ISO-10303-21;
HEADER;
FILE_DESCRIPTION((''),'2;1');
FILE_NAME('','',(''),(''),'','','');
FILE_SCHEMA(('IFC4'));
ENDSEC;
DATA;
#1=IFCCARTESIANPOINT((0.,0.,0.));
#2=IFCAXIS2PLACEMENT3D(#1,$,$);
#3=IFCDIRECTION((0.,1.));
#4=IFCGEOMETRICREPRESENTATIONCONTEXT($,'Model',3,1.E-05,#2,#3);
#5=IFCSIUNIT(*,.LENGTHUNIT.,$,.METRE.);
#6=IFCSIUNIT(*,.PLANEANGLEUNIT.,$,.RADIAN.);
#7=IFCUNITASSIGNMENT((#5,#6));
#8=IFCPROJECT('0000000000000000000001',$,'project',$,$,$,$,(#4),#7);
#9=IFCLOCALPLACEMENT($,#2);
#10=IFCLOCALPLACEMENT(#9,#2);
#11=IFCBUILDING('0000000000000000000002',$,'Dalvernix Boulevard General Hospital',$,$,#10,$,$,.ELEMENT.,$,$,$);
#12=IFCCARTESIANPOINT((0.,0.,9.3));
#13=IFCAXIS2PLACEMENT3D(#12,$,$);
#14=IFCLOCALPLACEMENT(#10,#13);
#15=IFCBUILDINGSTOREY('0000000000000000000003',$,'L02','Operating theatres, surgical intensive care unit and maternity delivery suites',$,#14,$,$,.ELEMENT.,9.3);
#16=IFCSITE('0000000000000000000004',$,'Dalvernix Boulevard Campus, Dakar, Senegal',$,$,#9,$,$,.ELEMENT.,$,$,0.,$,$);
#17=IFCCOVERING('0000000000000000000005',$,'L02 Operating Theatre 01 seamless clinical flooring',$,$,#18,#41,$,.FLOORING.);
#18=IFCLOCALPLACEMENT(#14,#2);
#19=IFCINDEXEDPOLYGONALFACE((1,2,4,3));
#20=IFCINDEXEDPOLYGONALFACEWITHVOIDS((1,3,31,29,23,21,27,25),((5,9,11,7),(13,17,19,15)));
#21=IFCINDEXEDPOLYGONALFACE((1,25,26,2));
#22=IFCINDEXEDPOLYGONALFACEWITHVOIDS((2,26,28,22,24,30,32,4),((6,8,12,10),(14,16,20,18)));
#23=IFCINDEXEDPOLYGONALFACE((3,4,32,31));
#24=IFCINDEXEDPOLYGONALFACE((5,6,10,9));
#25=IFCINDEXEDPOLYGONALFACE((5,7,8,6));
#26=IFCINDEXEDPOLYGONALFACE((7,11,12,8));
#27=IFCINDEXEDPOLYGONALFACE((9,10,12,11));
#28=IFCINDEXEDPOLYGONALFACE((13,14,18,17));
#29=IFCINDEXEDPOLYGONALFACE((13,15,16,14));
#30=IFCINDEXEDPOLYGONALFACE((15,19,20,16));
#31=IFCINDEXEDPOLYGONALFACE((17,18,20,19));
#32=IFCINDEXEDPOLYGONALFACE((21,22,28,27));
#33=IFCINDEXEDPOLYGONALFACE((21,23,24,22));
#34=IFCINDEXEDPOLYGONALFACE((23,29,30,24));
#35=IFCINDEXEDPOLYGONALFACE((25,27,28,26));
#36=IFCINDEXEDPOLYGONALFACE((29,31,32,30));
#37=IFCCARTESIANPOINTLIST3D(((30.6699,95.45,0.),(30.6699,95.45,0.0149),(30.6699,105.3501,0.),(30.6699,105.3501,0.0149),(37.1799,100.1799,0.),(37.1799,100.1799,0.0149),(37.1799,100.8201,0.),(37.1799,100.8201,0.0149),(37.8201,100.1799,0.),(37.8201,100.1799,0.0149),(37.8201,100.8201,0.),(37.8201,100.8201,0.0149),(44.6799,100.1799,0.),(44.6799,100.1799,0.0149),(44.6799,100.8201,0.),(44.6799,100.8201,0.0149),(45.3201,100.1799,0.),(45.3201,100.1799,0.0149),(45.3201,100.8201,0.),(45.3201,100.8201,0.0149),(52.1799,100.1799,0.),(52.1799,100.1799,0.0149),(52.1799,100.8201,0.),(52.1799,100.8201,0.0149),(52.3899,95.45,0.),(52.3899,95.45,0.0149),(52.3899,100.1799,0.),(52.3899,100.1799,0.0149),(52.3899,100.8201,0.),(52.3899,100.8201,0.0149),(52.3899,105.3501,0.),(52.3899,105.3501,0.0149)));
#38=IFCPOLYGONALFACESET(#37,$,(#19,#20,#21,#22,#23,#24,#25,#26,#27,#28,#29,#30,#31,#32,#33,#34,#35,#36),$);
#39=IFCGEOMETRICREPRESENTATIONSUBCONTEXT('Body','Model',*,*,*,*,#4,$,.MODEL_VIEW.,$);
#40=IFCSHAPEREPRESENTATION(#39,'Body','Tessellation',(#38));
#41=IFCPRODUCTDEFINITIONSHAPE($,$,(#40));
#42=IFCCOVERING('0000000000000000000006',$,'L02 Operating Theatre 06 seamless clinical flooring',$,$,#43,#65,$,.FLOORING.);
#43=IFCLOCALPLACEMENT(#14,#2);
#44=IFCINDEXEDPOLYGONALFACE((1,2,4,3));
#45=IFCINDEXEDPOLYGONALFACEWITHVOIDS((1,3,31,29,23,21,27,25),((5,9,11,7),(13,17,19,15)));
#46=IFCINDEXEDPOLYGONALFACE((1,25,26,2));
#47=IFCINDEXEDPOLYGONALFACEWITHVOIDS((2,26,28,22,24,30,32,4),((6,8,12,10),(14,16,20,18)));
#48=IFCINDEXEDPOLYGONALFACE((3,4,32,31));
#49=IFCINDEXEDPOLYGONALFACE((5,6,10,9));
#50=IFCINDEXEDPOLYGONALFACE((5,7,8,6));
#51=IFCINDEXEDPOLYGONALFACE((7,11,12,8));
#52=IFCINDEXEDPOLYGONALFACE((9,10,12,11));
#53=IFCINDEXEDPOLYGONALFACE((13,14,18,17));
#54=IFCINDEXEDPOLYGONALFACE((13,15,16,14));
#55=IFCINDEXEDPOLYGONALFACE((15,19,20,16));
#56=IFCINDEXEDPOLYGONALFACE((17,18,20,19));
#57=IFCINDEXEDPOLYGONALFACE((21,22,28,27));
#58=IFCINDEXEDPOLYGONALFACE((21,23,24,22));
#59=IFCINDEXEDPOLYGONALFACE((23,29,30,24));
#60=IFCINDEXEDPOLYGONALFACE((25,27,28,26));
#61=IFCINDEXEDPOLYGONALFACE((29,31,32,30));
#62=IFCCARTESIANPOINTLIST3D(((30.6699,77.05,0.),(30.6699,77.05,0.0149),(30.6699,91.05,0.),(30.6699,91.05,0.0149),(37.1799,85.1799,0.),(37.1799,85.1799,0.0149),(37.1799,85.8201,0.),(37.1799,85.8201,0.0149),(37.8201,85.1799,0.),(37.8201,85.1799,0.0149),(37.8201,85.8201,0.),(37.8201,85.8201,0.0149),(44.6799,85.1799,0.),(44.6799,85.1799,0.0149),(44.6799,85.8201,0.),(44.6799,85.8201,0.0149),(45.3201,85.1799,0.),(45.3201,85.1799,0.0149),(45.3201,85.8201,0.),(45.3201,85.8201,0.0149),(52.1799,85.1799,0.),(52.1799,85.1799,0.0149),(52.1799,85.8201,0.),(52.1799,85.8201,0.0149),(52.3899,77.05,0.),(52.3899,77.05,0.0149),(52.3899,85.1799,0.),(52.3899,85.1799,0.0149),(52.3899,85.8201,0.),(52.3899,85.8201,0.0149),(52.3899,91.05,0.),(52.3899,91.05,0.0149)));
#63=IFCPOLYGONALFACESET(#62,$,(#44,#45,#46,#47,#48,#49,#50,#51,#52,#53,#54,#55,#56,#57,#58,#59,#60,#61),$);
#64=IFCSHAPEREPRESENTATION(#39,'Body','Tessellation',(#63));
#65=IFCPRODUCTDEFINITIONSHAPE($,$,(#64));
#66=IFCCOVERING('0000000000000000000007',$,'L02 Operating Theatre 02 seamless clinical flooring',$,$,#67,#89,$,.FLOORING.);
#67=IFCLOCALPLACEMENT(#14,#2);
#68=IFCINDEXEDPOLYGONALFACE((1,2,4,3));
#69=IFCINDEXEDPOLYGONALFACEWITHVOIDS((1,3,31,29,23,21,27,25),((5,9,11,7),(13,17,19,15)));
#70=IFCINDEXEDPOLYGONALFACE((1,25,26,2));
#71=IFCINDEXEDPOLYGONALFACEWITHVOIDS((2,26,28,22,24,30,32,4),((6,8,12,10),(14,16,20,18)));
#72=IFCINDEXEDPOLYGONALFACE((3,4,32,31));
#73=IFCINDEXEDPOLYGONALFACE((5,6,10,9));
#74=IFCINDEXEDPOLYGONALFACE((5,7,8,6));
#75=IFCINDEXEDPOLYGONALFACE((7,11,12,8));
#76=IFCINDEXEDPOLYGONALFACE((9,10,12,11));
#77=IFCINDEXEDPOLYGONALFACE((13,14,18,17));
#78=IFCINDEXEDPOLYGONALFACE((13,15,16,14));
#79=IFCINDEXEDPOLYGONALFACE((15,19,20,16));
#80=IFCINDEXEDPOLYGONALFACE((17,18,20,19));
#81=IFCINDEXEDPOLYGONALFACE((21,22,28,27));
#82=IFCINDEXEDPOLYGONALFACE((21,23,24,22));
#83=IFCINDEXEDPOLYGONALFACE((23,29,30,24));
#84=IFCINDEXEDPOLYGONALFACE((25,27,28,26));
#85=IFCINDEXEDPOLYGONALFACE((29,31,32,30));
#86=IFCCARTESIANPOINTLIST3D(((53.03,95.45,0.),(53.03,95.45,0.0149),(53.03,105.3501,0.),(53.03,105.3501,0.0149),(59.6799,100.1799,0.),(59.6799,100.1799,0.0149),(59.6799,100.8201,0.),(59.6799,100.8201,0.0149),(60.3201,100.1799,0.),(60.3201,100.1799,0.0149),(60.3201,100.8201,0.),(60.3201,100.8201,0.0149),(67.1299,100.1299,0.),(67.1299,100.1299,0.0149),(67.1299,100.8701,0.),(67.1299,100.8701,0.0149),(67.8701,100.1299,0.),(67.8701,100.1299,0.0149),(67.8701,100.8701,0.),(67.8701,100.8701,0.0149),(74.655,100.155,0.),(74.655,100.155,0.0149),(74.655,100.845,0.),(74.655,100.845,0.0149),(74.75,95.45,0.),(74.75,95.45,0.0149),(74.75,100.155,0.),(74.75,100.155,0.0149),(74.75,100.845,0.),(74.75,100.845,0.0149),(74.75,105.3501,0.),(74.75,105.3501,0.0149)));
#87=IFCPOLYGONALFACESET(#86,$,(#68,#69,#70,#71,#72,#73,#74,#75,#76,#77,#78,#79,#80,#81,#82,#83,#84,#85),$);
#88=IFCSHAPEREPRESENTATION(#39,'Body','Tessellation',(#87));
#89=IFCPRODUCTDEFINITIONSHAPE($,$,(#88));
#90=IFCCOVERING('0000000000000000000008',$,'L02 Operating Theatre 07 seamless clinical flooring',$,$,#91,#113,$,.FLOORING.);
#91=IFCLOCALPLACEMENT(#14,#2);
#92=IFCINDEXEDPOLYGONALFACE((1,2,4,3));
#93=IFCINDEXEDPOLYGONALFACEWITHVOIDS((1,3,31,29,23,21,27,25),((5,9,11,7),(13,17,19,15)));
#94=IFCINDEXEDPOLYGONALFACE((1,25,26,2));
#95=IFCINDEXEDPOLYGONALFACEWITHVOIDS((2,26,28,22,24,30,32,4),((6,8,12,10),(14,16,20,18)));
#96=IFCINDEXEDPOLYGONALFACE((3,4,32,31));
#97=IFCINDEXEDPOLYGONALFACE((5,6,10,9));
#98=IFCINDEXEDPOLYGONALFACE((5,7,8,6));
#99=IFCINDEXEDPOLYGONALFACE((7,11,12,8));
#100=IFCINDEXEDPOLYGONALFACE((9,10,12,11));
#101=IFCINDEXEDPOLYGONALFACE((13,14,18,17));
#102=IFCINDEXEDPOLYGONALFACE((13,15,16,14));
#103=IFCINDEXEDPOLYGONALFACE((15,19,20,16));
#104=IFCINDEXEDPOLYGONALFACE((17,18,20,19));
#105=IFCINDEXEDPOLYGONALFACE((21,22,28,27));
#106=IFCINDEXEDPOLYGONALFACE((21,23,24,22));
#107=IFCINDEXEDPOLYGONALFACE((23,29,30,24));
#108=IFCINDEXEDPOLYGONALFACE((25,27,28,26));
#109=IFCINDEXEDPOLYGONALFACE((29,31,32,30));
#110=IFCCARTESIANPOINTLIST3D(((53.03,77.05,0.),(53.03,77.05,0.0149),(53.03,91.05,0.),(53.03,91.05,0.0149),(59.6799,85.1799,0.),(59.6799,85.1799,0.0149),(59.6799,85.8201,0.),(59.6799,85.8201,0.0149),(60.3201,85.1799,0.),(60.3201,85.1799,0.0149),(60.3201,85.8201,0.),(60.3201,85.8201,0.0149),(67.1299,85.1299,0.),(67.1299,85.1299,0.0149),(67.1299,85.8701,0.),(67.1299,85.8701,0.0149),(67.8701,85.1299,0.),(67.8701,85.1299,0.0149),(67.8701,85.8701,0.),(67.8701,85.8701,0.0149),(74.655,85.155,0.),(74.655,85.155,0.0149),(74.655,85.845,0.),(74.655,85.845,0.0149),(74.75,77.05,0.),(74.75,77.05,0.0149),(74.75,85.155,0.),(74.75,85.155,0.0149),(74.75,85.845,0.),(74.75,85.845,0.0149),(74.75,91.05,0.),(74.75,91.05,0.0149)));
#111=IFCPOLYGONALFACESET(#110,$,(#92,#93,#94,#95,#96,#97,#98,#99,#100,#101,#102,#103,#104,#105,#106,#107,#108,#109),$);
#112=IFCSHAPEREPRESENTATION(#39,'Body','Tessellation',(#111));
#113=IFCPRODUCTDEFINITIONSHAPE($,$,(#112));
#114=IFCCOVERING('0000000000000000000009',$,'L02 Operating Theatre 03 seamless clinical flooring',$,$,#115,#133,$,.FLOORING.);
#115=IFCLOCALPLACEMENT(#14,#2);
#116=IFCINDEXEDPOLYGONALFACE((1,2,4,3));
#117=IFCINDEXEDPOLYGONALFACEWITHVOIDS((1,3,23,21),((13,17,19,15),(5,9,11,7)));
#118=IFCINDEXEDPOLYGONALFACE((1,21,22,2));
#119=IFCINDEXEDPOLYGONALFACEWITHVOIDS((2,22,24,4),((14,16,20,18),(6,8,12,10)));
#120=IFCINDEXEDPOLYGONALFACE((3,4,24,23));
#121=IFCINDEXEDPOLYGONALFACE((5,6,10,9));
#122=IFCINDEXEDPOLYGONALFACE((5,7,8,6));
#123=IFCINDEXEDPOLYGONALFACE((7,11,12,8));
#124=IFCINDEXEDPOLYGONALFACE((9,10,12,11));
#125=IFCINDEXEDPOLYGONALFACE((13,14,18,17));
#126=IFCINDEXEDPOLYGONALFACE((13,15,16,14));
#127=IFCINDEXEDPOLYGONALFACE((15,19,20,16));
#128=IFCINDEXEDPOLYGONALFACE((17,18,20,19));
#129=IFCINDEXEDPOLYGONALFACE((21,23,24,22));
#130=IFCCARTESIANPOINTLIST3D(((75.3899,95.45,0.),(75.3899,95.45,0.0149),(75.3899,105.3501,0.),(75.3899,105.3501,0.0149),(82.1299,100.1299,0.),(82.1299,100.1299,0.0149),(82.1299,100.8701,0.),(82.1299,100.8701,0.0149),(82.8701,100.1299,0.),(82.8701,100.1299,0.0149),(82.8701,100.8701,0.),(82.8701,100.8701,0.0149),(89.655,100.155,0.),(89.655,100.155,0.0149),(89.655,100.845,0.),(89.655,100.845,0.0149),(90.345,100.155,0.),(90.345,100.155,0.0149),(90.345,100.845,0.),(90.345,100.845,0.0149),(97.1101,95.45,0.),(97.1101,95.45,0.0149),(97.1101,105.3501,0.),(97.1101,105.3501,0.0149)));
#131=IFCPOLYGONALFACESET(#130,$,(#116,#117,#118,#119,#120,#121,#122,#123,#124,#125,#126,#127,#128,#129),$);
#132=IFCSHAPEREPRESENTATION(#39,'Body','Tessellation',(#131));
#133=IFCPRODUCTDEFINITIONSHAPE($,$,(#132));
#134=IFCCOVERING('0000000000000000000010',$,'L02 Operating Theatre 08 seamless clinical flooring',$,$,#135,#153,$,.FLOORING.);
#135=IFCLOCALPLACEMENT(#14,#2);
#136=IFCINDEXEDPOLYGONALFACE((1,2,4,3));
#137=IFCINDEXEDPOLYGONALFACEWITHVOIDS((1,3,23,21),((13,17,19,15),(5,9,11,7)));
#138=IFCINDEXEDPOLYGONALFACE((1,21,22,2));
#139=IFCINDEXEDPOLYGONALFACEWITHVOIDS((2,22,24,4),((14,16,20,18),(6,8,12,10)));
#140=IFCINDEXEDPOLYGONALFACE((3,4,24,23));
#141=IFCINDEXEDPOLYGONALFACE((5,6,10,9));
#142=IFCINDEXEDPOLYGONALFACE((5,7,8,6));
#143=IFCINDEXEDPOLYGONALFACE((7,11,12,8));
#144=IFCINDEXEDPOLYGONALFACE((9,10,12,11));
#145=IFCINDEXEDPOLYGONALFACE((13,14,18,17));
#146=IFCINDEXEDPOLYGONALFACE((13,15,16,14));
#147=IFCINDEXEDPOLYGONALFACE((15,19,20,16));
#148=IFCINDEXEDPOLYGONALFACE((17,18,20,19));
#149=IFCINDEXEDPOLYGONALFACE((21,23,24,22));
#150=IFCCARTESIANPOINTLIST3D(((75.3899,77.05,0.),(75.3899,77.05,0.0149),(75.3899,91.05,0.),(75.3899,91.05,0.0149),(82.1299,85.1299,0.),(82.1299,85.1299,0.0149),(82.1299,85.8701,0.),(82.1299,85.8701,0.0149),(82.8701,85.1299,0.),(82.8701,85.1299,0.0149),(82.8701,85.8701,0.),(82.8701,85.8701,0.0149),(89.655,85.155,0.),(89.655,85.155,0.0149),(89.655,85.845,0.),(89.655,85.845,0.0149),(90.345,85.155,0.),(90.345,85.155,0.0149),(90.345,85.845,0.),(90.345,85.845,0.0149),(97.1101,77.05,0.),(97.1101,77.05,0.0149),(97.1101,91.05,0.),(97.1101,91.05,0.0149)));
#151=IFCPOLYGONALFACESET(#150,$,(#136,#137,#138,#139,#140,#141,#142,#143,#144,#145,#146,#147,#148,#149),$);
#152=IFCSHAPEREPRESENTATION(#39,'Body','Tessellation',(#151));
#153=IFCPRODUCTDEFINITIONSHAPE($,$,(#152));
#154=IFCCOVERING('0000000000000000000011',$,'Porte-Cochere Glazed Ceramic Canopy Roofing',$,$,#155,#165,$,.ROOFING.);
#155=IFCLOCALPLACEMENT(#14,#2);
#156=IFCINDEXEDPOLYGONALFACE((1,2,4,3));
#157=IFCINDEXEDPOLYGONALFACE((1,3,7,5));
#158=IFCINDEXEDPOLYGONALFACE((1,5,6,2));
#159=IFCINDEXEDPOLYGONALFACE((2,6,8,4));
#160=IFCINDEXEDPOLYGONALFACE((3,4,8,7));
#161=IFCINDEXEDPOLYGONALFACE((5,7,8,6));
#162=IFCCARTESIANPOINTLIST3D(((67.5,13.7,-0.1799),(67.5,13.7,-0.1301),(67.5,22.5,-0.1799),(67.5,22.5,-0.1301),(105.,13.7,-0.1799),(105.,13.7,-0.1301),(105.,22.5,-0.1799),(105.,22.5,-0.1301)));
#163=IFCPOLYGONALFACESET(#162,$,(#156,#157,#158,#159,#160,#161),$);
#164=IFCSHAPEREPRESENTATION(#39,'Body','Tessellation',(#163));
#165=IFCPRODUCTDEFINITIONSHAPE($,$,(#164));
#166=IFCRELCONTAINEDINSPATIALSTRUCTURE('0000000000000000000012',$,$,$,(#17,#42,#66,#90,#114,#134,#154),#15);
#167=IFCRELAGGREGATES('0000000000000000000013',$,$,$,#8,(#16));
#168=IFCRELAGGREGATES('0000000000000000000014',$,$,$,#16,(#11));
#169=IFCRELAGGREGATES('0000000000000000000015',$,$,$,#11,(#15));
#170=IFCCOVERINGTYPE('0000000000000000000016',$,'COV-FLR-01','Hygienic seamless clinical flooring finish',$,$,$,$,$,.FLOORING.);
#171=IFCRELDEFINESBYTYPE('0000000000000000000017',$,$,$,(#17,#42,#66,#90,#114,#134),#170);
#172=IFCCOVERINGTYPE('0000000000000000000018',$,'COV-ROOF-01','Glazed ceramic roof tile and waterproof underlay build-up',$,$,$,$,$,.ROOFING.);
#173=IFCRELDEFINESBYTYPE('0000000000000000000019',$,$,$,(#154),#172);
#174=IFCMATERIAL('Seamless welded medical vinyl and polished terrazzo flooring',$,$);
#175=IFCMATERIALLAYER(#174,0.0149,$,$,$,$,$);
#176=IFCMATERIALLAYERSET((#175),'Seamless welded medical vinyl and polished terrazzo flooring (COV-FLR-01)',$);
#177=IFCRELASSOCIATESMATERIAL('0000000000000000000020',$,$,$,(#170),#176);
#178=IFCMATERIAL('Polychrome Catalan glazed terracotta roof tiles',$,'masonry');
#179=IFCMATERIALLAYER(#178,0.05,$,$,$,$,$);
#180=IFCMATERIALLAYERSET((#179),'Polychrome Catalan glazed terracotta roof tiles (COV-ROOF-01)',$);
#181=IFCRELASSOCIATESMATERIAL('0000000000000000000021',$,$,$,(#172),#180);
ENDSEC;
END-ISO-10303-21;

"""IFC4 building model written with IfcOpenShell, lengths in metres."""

from ifc_helpers import new_model, si_unit, direction, frame, origin, place, context, subcontext, project, spatial, polyline, outline, extrude, material, layer, layer_set, type_object, element, save


model = new_model("IFC4")

# Units and contexts
model_context = context("Model", 3, precision=1e-05, world=origin(), true_north=direction((0.0, 1.0)))
body_context = subcontext(model_context, "Body", "Model", "MODEL_VIEW")
ifc_project = project(units=[si_unit("LENGTHUNIT", "METRE"), si_unit("PLANEANGLEUNIT", "RADIAN")], contexts=[model_context])

# Site, building, storey
site_placement = place(None, origin())
site = spatial("IfcSite", under=ifc_project, at=site_placement, Name="Dalvernix Boulevard Campus, Dakar, Senegal", CompositionType="ELEMENT", RefElevation=0.0)
building_placement = place(site_placement, origin())
building = spatial("IfcBuilding", under=site, at=building_placement, Name="Dalvernix Boulevard General Hospital", CompositionType="ELEMENT")
storey_placement = place(building_placement, frame((0.0, 0.0, 9.3)))
storey = spatial("IfcBuildingStorey", under=building, at=storey_placement, Name="L02", Description="Operating theatres, surgical intensive care unit and maternity delivery suites", CompositionType="ELEMENT", Elevation=9.3)

# Coverings
ifc_material_1 = material(Name="Seamless welded medical vinyl and polished terrazzo flooring")
ifc_layer_1 = layer(ifc_material_1, 0.0149)
ifc_layer_set_1 = layer_set([ifc_layer_1], Name="Seamless welded medical vinyl and polished terrazzo flooring (COV-FLR-01)")
covering_type_1 = type_object("IfcCoveringType", Name="COV-FLR-01", Description="Hygienic seamless clinical flooring finish", PredefinedType="FLOORING", material=ifc_layer_set_1)
covering_1_placement = place(storey_placement, origin())
element("IfcCovering", 1, at=covering_1_placement, inside=storey, type_object=covering_type_1, Name="L02 Operating Theatre 01 seamless clinical flooring", PredefinedType="FLOORING", context=body_context, shape_type="SweptSolid", body=[
    extrude(outline(polyline([(52.3899, 105.3501), (52.3899, 100.8201), (52.1799, 100.8201), (52.1799, 100.1799), (52.3899, 100.1799), (52.3899, 95.45), (30.6699, 95.45), (30.6699, 105.3501), (52.3899, 105.3501)]), holes=[polyline([(37.1799, 100.1799), (37.8201, 100.1799), (37.8201, 100.8201), (37.1799, 100.8201), (37.1799, 100.1799)]), polyline([(44.6799, 100.8201), (44.6799, 100.1799), (45.3201, 100.1799), (45.3201, 100.8201), (44.6799, 100.8201)])]), origin(), (0.0, 0.0, 1.0), 0.0149),
])
covering_2_placement = place(storey_placement, origin())
element("IfcCovering", 2, at=covering_2_placement, inside=storey, type_object=covering_type_1, Name="L02 Operating Theatre 06 seamless clinical flooring", PredefinedType="FLOORING", context=body_context, shape_type="SweptSolid", body=[
    extrude(outline(polyline([(52.3899, 91.05), (52.3899, 85.8201), (52.1799, 85.8201), (52.1799, 85.1799), (52.3899, 85.1799), (52.3899, 77.05), (30.6699, 77.05), (30.6699, 91.05), (52.3899, 91.05)]), holes=[polyline([(37.1799, 85.1799), (37.8201, 85.1799), (37.8201, 85.8201), (37.1799, 85.8201), (37.1799, 85.1799)]), polyline([(44.6799, 85.8201), (44.6799, 85.1799), (45.3201, 85.1799), (45.3201, 85.8201), (44.6799, 85.8201)])]), origin(), (0.0, 0.0, 1.0), 0.0149),
])
covering_3_placement = place(storey_placement, origin())
element("IfcCovering", 3, at=covering_3_placement, inside=storey, type_object=covering_type_1, Name="L02 Operating Theatre 02 seamless clinical flooring", PredefinedType="FLOORING", context=body_context, shape_type="SweptSolid", body=[
    extrude(outline(polyline([(74.75, 105.3501), (74.75, 100.845), (74.655, 100.845), (74.655, 100.155), (74.75, 100.155), (74.75, 95.45), (53.03, 95.45), (53.03, 105.3501), (74.75, 105.3501)]), holes=[polyline([(59.6799, 100.1799), (60.3201, 100.1799), (60.3201, 100.8201), (59.6799, 100.8201), (59.6799, 100.1799)]), polyline([(67.1299, 100.8701), (67.1299, 100.1299), (67.8701, 100.1299), (67.8701, 100.8701), (67.1299, 100.8701)])]), origin(), (0.0, 0.0, 1.0), 0.0149),
])
covering_4_placement = place(storey_placement, origin())
element("IfcCovering", 4, at=covering_4_placement, inside=storey, type_object=covering_type_1, Name="L02 Operating Theatre 07 seamless clinical flooring", PredefinedType="FLOORING", context=body_context, shape_type="SweptSolid", body=[
    extrude(outline(polyline([(74.75, 91.05), (74.75, 85.845), (74.655, 85.845), (74.655, 85.155), (74.75, 85.155), (74.75, 77.05), (53.03, 77.05), (53.03, 91.05), (74.75, 91.05)]), holes=[polyline([(59.6799, 85.1799), (60.3201, 85.1799), (60.3201, 85.8201), (59.6799, 85.8201), (59.6799, 85.1799)]), polyline([(67.1299, 85.8701), (67.1299, 85.1299), (67.8701, 85.1299), (67.8701, 85.8701), (67.1299, 85.8701)])]), origin(), (0.0, 0.0, 1.0), 0.0149),
])
covering_5_placement = place(storey_placement, origin())
element("IfcCovering", 5, at=covering_5_placement, inside=storey, type_object=covering_type_1, Name="L02 Operating Theatre 03 seamless clinical flooring", PredefinedType="FLOORING", context=body_context, shape_type="SweptSolid", body=[
    extrude(outline(polyline([(97.1101, 105.3501), (97.1101, 95.45), (75.3899, 95.45), (75.3899, 105.3501), (97.1101, 105.3501)]), holes=[polyline([(82.1299, 100.1299), (82.8701, 100.1299), (82.8701, 100.8701), (82.1299, 100.8701), (82.1299, 100.1299)]), polyline([(89.655, 100.845), (89.655, 100.155), (90.345, 100.155), (90.345, 100.845), (89.655, 100.845)])]), origin(), (0.0, 0.0, 1.0), 0.0149),
])
covering_6_placement = place(storey_placement, origin())
element("IfcCovering", 6, at=covering_6_placement, inside=storey, type_object=covering_type_1, Name="L02 Operating Theatre 08 seamless clinical flooring", PredefinedType="FLOORING", context=body_context, shape_type="SweptSolid", body=[
    extrude(outline(polyline([(97.1101, 91.05), (97.1101, 77.05), (75.3899, 77.05), (75.3899, 91.05), (97.1101, 91.05)]), holes=[polyline([(82.1299, 85.1299), (82.8701, 85.1299), (82.8701, 85.8701), (82.1299, 85.8701), (82.1299, 85.1299)]), polyline([(89.655, 85.845), (89.655, 85.155), (90.345, 85.155), (90.345, 85.845), (89.655, 85.845)])]), origin(), (0.0, 0.0, 1.0), 0.0149),
])
ifc_material_2 = material(Name="Polychrome Catalan glazed terracotta roof tiles", Category="masonry")
ifc_layer_2 = layer(ifc_material_2, 0.05)
ifc_layer_set_2 = layer_set([ifc_layer_2], Name="Polychrome Catalan glazed terracotta roof tiles (COV-ROOF-01)")
covering_type_2 = type_object("IfcCoveringType", Name="COV-ROOF-01", Description="Glazed ceramic roof tile and waterproof underlay build-up", PredefinedType="ROOFING", material=ifc_layer_set_2)
covering_7_placement = place(storey_placement, frame((0.0, 0.0, -0.1799)))
element("IfcCovering", 7, at=covering_7_placement, inside=storey, type_object=covering_type_2, Name="Porte-Cochere Glazed Ceramic Canopy Roofing", PredefinedType="ROOFING", context=body_context, shape_type="SweptSolid", body=[
    extrude(outline(polyline([(67.5, 13.7), (105.0, 13.7), (105.0, 22.5), (67.5, 22.5), (67.5, 13.7)])), origin(), (0.0, 0.0, 1.0), 0.0498),
])

save(model, "model.ifc")
